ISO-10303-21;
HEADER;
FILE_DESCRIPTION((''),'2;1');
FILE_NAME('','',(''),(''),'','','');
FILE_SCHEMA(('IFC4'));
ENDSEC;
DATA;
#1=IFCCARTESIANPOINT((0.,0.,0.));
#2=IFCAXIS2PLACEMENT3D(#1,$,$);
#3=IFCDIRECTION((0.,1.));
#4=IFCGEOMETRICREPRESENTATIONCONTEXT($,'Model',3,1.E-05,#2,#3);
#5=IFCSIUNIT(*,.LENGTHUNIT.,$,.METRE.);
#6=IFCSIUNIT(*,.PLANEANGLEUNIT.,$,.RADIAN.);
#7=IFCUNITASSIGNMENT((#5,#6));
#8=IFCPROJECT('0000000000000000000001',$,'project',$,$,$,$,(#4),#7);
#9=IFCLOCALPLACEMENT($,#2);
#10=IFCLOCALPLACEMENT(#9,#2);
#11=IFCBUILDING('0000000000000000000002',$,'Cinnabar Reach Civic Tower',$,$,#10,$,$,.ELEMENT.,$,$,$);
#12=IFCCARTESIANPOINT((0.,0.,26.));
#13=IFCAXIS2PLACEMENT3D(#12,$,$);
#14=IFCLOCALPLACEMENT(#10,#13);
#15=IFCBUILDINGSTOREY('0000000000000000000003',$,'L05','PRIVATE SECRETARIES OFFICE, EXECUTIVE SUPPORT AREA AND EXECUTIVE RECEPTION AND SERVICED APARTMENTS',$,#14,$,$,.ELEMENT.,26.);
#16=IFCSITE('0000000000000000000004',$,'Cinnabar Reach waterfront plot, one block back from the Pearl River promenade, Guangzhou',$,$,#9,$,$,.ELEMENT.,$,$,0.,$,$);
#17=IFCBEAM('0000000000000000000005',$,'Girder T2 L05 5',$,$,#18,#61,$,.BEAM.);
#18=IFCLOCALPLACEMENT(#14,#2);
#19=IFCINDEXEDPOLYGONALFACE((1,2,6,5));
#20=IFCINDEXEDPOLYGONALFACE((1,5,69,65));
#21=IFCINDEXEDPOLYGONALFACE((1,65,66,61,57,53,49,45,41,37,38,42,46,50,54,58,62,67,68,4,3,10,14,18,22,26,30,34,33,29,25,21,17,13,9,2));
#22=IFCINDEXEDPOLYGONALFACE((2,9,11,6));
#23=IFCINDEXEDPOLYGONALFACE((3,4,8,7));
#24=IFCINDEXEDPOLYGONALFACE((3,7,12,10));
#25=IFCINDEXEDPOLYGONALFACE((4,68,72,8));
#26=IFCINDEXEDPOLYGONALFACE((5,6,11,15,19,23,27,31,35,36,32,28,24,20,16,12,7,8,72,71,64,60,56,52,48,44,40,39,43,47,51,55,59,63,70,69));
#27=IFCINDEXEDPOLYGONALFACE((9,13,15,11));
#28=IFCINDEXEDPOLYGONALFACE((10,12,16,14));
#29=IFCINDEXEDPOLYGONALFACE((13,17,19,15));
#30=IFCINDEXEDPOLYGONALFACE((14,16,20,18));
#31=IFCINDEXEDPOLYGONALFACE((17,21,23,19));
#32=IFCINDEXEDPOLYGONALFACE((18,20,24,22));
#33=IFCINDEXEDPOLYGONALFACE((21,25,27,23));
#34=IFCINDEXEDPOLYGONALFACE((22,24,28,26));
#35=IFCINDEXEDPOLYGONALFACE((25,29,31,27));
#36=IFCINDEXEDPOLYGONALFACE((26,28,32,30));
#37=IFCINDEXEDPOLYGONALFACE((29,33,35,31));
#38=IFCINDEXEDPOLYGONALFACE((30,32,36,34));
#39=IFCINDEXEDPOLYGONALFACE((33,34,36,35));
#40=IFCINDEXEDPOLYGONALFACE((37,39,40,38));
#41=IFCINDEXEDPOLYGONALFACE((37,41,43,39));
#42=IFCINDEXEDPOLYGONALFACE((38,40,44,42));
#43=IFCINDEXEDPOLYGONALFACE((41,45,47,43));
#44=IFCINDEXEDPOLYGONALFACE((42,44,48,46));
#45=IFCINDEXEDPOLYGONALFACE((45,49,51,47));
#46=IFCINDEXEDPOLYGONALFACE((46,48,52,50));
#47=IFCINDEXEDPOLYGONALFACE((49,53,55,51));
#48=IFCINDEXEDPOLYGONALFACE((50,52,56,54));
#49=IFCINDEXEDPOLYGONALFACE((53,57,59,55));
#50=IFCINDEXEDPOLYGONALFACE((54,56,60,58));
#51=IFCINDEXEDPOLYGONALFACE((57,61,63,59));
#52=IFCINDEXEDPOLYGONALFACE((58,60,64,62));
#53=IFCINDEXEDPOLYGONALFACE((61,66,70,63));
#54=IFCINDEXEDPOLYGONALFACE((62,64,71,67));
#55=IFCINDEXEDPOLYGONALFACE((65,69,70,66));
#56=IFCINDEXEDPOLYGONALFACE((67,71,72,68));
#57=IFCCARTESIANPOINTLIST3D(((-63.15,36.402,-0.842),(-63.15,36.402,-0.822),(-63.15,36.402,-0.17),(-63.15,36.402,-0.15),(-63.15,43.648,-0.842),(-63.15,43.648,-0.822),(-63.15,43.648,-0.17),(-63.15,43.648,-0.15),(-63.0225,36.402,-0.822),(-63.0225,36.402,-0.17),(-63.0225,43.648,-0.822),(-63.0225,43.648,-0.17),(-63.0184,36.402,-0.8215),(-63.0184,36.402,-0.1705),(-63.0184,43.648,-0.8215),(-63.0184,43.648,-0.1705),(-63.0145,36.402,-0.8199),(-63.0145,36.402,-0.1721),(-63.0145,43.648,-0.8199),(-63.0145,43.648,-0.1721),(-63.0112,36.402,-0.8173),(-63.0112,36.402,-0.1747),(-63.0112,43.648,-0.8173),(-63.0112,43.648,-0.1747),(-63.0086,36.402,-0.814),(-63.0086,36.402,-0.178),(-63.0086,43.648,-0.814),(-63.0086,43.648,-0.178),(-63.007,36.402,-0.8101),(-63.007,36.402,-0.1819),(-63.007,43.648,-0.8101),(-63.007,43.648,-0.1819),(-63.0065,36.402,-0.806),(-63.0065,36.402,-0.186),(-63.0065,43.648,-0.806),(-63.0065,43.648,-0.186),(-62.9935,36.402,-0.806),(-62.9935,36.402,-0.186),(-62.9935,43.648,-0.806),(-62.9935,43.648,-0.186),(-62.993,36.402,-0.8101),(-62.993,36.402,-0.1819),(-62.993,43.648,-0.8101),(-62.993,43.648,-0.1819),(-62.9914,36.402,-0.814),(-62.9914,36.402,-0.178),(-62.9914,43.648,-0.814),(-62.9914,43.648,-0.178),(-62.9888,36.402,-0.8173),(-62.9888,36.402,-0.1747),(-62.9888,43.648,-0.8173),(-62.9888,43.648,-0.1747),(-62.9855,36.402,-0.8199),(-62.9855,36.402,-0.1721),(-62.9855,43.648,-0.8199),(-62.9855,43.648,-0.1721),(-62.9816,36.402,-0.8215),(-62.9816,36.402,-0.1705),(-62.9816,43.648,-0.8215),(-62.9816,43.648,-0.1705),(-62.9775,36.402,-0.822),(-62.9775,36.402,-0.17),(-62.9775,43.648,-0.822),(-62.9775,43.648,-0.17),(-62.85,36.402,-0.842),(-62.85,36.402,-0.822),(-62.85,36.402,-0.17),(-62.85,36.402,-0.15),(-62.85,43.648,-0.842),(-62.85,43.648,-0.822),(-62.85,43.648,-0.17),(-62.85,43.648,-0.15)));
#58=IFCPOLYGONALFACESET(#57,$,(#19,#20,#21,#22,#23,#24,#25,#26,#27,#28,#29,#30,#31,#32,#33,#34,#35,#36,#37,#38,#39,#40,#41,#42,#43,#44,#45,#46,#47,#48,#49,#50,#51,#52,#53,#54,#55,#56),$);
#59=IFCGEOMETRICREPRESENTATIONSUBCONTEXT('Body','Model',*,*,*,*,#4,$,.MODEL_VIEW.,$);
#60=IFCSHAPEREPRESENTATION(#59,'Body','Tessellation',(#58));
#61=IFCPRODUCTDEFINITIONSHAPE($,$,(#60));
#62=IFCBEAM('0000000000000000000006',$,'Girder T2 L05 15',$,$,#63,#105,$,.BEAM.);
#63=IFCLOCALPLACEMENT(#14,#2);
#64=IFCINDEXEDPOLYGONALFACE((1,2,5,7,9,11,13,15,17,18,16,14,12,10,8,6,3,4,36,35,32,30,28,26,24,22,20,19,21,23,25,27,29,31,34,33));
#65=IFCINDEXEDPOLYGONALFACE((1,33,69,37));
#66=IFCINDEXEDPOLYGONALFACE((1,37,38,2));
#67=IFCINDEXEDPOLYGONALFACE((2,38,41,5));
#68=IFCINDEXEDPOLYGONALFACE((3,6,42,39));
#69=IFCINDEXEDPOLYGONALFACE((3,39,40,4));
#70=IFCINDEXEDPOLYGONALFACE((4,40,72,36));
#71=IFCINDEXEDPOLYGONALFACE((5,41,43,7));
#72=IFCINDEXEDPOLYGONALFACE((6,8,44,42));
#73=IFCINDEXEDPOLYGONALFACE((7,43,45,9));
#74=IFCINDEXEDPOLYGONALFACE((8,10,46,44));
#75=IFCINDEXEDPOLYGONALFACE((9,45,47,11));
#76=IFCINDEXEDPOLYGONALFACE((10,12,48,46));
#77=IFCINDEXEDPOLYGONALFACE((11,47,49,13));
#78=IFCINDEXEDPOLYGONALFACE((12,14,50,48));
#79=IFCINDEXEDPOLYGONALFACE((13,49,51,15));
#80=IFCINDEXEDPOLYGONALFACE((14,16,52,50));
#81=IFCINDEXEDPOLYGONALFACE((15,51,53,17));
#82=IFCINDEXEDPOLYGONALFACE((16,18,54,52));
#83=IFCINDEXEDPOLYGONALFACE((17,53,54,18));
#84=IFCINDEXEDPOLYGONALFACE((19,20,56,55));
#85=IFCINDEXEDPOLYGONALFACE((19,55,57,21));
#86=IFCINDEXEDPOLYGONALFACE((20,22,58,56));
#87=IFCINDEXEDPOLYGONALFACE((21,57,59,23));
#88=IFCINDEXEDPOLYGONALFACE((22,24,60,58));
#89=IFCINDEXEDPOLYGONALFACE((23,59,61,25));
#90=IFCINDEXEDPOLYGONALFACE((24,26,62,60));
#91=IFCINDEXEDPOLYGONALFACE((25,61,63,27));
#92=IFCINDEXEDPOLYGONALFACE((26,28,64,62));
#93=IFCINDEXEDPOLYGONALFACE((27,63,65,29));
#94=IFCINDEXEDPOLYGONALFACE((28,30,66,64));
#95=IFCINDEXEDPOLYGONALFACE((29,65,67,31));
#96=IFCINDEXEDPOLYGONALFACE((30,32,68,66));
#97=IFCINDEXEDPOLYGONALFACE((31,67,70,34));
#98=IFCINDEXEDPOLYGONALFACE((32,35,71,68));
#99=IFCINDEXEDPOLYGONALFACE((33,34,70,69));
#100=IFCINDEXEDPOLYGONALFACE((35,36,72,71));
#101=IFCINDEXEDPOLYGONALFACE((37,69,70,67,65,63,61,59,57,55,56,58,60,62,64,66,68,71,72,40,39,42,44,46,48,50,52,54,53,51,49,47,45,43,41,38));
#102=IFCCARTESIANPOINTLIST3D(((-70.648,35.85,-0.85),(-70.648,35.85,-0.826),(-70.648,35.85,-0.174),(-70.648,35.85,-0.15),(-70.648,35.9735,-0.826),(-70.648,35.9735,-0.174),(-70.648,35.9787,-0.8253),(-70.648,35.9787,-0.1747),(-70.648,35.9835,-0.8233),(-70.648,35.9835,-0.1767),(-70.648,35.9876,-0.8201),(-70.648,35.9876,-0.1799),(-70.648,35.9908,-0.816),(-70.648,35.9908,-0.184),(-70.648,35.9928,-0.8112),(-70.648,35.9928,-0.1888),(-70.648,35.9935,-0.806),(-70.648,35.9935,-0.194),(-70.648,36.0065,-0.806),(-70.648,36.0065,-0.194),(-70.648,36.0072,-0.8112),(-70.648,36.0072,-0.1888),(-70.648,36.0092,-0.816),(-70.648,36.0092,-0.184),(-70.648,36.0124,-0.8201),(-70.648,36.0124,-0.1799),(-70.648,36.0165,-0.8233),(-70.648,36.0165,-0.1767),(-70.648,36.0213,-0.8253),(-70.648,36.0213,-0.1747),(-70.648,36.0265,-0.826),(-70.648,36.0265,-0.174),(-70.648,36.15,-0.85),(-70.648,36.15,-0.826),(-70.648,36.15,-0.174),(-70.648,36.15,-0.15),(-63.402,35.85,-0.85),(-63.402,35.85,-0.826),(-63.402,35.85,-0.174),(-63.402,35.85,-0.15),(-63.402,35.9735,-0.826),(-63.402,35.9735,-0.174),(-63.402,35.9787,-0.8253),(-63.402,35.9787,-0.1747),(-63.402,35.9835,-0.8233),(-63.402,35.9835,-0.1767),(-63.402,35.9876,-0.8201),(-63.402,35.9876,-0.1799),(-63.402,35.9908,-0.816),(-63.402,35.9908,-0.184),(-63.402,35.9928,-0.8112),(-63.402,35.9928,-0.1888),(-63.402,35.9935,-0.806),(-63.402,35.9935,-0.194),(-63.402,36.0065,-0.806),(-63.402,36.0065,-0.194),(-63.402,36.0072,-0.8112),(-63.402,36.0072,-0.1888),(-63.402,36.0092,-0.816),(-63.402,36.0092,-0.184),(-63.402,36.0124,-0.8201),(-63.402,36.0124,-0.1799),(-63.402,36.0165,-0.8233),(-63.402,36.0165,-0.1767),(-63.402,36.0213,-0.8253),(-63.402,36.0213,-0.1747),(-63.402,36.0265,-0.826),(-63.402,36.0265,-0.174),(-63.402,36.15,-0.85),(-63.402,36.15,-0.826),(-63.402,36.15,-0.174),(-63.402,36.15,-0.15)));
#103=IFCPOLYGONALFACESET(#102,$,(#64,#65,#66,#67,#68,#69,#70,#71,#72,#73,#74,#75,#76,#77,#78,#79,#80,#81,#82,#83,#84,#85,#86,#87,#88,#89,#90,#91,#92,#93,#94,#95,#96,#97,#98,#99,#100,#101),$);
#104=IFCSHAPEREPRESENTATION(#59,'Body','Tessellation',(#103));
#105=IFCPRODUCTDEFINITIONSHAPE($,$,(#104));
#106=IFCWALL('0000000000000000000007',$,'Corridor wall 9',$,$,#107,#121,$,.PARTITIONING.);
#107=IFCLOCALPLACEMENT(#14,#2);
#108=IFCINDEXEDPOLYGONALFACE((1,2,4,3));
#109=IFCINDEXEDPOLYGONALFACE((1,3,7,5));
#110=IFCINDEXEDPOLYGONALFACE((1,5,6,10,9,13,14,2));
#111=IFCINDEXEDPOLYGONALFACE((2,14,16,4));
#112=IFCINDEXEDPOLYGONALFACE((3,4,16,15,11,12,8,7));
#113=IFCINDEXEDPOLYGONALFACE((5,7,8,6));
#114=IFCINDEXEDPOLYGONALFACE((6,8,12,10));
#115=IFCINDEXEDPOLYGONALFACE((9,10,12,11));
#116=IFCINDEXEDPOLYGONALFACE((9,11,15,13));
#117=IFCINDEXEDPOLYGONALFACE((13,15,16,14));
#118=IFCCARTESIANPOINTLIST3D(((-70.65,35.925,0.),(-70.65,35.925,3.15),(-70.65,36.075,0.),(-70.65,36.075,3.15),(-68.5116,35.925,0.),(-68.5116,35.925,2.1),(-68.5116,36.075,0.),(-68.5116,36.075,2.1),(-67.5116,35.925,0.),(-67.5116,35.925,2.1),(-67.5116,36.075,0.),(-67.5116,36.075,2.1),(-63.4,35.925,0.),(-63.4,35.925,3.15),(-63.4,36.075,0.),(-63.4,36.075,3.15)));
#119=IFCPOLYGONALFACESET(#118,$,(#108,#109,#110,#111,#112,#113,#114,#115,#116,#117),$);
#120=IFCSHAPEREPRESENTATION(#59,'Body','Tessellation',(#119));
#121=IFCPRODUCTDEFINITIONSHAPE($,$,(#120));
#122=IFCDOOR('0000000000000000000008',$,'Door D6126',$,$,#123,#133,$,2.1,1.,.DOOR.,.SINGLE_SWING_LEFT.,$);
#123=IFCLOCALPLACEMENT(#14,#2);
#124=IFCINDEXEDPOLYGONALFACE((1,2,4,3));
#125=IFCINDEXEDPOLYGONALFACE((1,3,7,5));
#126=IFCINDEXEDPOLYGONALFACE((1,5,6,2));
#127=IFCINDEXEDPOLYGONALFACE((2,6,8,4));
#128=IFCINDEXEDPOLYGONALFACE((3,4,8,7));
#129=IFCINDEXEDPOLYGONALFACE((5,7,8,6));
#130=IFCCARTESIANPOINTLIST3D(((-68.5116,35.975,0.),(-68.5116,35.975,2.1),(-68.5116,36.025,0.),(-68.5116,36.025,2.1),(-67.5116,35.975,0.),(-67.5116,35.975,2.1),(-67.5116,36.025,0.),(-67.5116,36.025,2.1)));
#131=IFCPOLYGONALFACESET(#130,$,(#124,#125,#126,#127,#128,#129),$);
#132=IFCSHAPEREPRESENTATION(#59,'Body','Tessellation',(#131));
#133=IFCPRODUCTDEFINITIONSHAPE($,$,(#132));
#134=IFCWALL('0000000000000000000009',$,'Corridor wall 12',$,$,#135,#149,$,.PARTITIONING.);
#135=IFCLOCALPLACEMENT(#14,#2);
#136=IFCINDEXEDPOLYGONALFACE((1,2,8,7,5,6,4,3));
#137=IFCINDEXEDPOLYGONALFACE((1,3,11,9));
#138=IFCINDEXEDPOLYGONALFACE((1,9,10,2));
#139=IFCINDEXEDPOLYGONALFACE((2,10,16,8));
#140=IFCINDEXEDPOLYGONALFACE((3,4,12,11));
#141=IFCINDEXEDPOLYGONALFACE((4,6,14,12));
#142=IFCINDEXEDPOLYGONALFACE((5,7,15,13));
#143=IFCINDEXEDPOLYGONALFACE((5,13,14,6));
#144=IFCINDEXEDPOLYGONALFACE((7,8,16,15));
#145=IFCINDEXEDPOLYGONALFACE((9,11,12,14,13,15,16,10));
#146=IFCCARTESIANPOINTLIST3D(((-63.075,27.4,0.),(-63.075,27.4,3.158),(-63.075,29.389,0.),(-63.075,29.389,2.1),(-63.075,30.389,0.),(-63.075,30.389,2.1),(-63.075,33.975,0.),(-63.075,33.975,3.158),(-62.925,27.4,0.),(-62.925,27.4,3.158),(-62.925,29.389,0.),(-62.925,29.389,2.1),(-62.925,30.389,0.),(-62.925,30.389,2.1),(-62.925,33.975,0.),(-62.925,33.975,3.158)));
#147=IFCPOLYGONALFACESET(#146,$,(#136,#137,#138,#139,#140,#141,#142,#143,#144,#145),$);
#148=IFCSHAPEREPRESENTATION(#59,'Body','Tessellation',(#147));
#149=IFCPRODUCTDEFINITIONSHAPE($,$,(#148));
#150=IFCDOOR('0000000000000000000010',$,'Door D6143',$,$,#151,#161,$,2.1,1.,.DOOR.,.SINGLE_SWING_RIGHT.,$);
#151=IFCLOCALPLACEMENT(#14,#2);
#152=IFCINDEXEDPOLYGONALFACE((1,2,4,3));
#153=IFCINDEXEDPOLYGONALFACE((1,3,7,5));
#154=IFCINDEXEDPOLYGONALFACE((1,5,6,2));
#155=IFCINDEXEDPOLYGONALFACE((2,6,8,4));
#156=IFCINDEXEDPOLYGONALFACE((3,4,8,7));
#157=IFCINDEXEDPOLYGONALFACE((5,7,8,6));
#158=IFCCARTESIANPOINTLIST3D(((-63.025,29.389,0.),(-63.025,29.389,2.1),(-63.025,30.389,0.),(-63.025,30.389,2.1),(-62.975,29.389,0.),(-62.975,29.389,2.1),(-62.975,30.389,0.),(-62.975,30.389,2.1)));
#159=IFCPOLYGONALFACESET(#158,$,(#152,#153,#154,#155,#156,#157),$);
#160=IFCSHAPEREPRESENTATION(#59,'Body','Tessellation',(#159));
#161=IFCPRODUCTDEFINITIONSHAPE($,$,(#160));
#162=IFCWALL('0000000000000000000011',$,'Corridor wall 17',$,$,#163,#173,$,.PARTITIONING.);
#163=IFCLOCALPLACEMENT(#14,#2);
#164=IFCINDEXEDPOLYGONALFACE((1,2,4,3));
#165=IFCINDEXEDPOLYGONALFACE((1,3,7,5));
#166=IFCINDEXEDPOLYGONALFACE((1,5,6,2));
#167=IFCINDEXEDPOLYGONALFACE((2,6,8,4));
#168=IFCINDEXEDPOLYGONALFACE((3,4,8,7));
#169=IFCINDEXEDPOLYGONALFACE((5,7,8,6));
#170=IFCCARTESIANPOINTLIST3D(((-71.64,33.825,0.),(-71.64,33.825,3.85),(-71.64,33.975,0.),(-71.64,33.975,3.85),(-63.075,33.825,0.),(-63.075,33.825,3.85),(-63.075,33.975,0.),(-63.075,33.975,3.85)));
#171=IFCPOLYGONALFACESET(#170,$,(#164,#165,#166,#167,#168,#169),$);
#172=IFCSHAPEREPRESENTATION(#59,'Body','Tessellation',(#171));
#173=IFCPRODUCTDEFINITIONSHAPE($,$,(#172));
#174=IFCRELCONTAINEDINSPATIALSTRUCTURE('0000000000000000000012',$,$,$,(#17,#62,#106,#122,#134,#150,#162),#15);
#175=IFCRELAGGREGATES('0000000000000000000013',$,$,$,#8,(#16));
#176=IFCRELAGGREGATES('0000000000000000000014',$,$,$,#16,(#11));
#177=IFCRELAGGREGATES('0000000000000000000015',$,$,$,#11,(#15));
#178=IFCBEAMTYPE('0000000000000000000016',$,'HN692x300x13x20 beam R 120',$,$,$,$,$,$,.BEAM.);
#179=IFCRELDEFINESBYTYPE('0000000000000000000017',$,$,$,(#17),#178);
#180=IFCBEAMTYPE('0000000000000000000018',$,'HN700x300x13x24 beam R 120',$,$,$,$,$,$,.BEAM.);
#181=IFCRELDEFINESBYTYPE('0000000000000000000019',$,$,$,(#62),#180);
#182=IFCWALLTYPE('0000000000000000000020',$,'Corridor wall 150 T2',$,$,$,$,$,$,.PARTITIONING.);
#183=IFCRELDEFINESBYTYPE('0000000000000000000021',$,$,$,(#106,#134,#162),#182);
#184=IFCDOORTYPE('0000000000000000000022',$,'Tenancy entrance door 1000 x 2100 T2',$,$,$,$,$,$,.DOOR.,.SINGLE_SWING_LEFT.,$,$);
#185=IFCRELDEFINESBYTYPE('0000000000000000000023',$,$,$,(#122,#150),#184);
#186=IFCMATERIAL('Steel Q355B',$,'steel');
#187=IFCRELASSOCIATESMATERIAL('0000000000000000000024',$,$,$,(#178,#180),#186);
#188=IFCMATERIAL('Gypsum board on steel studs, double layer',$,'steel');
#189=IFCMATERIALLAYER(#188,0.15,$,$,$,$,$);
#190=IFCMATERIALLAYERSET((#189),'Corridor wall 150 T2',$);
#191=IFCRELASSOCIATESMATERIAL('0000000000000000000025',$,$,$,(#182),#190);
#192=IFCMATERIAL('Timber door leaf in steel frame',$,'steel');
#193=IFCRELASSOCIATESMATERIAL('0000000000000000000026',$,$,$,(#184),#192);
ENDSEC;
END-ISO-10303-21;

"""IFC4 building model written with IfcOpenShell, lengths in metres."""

from ifc_helpers import new_model, si_unit, direction, frame, frame_2d, origin, origin_2d, place, context, subcontext, project, spatial, rectangle, i_section, extrude, material, layer, layer_set, material_profile, profile_set, type_object, element, fill, save


model = new_model("IFC4")

# Units and contexts
model_context = context("Model", 3, precision=1e-05, world=origin(), true_north=direction((0.0, 1.0)))
body_context = subcontext(model_context, "Body", "Model", "MODEL_VIEW")
ifc_project = project(units=[si_unit("LENGTHUNIT", "METRE"), si_unit("PLANEANGLEUNIT", "RADIAN")], contexts=[model_context])

# Site, building, storey
site_placement = place(None, origin())
site = spatial("IfcSite", under=ifc_project, at=site_placement, Name="Cinnabar Reach waterfront plot, one block back from the Pearl River promenade, Guangzhou", CompositionType="ELEMENT", RefElevation=0.0)
building_placement = place(site_placement, origin())
building = spatial("IfcBuilding", under=site, at=building_placement, Name="Cinnabar Reach Civic Tower", CompositionType="ELEMENT")
storey_placement = place(building_placement, frame((0.0, 0.0, 26.0)))
storey = spatial("IfcBuildingStorey", under=building, at=storey_placement, Name="L05", Description="PRIVATE SECRETARIES OFFICE, EXECUTIVE SUPPORT AREA AND EXECUTIVE RECEPTION AND SERVICED APARTMENTS", CompositionType="ELEMENT", Elevation=26.0)

# Beams
ifc_material_1 = material(Name="Steel Q355B", Category="steel")
ifc_material_profile_1 = material_profile(ifc_material_1, i_section(OverallWidth=0.3, OverallDepth=0.692, WebThickness=0.013, FlangeThickness=0.02, FilletRadius=0.016, at=origin_2d()), Name="HN692x300x13x20")
ifc_profile_set_1 = profile_set([ifc_material_profile_1], Name="Steel Q355B")
beam_type_1 = type_object("IfcBeamType", Name="HN692x300x13x20 beam R 120", PredefinedType="BEAM", material=ifc_profile_set_1)
beam_1_placement = place(storey_placement, frame((-63.0, 36.402, -0.496), z_axis=(0.0, 1.0, 0.0), x_axis=(-1.0, 0.0, 0.0)))
element("IfcBeam", 1, at=beam_1_placement, inside=storey, type_object=beam_type_1, Name="Girder T2 L05 5", PredefinedType="BEAM", context=body_context, shape_type="SweptSolid", body=[
    extrude(i_section(OverallWidth=0.3, OverallDepth=0.692, WebThickness=0.013, FlangeThickness=0.02, FilletRadius=0.016, at=origin_2d()), origin(), (0.0, 0.0, 1.0), 7.246),
])
ifc_material_profile_2 = material_profile(ifc_material_1, i_section(OverallWidth=0.3, OverallDepth=0.7, WebThickness=0.013, FlangeThickness=0.024, FilletRadius=0.02, at=origin_2d()), Name="HN700x300x13x24")
ifc_profile_set_2 = profile_set([ifc_material_profile_2], Name="Steel Q355B")
beam_type_2 = type_object("IfcBeamType", Name="HN700x300x13x24 beam R 120", PredefinedType="BEAM", material=ifc_profile_set_2)
beam_2_placement = place(storey_placement, frame((-70.648, 36.0, -0.5), z_axis=(1.0, 0.0, 0.0), x_axis=(0.0, 1.0, 0.0)))
element("IfcBeam", 2, at=beam_2_placement, inside=storey, type_object=beam_type_2, Name="Girder T2 L05 15", PredefinedType="BEAM", context=body_context, shape_type="SweptSolid", body=[
    extrude(i_section(OverallWidth=0.3, OverallDepth=0.7, WebThickness=0.013, FlangeThickness=0.024, FilletRadius=0.02, at=origin_2d()), origin(), (0.0, 0.0, 1.0), 7.246),
])

# Walls, openings, doors
ifc_material_2 = material(Name="Gypsum board on steel studs, double layer", Category="steel")
ifc_layer_1 = layer(ifc_material_2, 0.15)
ifc_layer_set_1 = layer_set([ifc_layer_1], Name="Corridor wall 150 T2")
wall_type_1 = type_object("IfcWallType", Name="Corridor wall 150 T2", PredefinedType="PARTITIONING", material=ifc_layer_set_1)
wall_1_placement = place(storey_placement, frame((-70.65, 36.0, 0.0), z_axis=(0.0, 0.0, 1.0), x_axis=(1.0, 0.0, 0.0)))
wall_1 = element("IfcWall", 3, at=wall_1_placement, inside=storey, type_object=wall_type_1, Name="Corridor wall 9", PredefinedType="PARTITIONING", context=body_context, shape_type="SweptSolid", body=[
    extrude(rectangle(XDim=7.25, YDim=0.15, at=frame_2d((3.625, 0.0))), origin(), (0.0, 0.0, 1.0), 3.15),
])
opening_1_placement = place(wall_1_placement, frame((2.1384, 0.0, 0.0)))
opening_1 = element("IfcOpeningElement", 4, at=opening_1_placement, cuts=wall_1, PredefinedType="OPENING", context=body_context, shape_type="SweptSolid", body=[
    extrude(rectangle(XDim=1.0, YDim=2.1, at=frame_2d((0.5, 1.05))), frame((0.0, 0.085, 0.0), z_axis=(0.0, -1.0, 0.0), x_axis=(1.0, 0.0, 0.0)), (0.0, 0.0, 1.0), 0.17),
])
ifc_material_3 = material(Name="Timber door leaf in steel frame", Category="steel")
door_type_1 = type_object("IfcDoorType", Name="Tenancy entrance door 1000 x 2100 T2", OperationType="SINGLE_SWING_LEFT", PredefinedType="DOOR", material=ifc_material_3)
door_1_placement = place(opening_1_placement, origin())
door_1 = element("IfcDoor", 5, at=door_1_placement, inside=storey, type_object=door_type_1, Name="Door D6126", OperationType="SINGLE_SWING_LEFT", OverallHeight=2.1, OverallWidth=1.0, PredefinedType="DOOR", context=body_context, shape_type="SweptSolid", body=[
    extrude(rectangle(XDim=1.0, YDim=2.1, at=frame_2d((0.5, 1.05))), frame((0.0, 0.025, 0.0), z_axis=(0.0, -1.0, 0.0), x_axis=(1.0, 0.0, 0.0)), (0.0, 0.0, 1.0), 0.05),
])
fill(opening_1, door_1)
wall_2_placement = place(storey_placement, frame((-63.0, 27.4, 0.0), z_axis=(0.0, 0.0, 1.0), x_axis=(0.0, 1.0, 0.0)))
wall_2 = element("IfcWall", 6, at=wall_2_placement, inside=storey, type_object=wall_type_1, Name="Corridor wall 12", PredefinedType="PARTITIONING", context=body_context, shape_type="SweptSolid", body=[
    extrude(rectangle(XDim=6.575, YDim=0.15, at=frame_2d((3.2875, 0.0))), origin(), (0.0, 0.0, 1.0), 3.158),
])
opening_2_placement = place(wall_2_placement, frame((1.989, 0.0, 0.0)))
opening_2 = element("IfcOpeningElement", 7, at=opening_2_placement, cuts=wall_2, PredefinedType="OPENING", context=body_context, shape_type="SweptSolid", body=[
    extrude(rectangle(XDim=1.0, YDim=2.1, at=frame_2d((0.5, 1.05))), frame((0.0, 0.085, 0.0), z_axis=(0.0, -1.0, 0.0), x_axis=(1.0, 0.0, 0.0)), (0.0, 0.0, 1.0), 0.17),
])
door_2_placement = place(opening_2_placement, origin())
door_2 = element("IfcDoor", 8, at=door_2_placement, inside=storey, type_object=door_type_1, Name="Door D6143", OperationType="SINGLE_SWING_RIGHT", OverallHeight=2.1, OverallWidth=1.0, PredefinedType="DOOR", context=body_context, shape_type="SweptSolid", body=[
    extrude(rectangle(XDim=1.0, YDim=2.1, at=frame_2d((0.5, 1.05))), frame((0.0, 0.025, 0.0), z_axis=(0.0, -1.0, 0.0), x_axis=(1.0, 0.0, 0.0)), (0.0, 0.0, 1.0), 0.05),
])
fill(opening_2, door_2)

# Wall
wall_3_placement = place(storey_placement, frame((-71.64, 33.9, 0.0), z_axis=(0.0, 0.0, 1.0), x_axis=(1.0, 0.0, 0.0)))
element("IfcWall", 9, at=wall_3_placement, inside=storey, type_object=wall_type_1, Name="Corridor wall 17", PredefinedType="PARTITIONING", context=body_context, shape_type="SweptSolid", body=[
    extrude(rectangle(XDim=8.565, YDim=0.15, at=frame_2d((4.2825, 0.0))), origin(), (0.0, 0.0, 1.0), 3.85),
])

save(model, "model.ifc")
